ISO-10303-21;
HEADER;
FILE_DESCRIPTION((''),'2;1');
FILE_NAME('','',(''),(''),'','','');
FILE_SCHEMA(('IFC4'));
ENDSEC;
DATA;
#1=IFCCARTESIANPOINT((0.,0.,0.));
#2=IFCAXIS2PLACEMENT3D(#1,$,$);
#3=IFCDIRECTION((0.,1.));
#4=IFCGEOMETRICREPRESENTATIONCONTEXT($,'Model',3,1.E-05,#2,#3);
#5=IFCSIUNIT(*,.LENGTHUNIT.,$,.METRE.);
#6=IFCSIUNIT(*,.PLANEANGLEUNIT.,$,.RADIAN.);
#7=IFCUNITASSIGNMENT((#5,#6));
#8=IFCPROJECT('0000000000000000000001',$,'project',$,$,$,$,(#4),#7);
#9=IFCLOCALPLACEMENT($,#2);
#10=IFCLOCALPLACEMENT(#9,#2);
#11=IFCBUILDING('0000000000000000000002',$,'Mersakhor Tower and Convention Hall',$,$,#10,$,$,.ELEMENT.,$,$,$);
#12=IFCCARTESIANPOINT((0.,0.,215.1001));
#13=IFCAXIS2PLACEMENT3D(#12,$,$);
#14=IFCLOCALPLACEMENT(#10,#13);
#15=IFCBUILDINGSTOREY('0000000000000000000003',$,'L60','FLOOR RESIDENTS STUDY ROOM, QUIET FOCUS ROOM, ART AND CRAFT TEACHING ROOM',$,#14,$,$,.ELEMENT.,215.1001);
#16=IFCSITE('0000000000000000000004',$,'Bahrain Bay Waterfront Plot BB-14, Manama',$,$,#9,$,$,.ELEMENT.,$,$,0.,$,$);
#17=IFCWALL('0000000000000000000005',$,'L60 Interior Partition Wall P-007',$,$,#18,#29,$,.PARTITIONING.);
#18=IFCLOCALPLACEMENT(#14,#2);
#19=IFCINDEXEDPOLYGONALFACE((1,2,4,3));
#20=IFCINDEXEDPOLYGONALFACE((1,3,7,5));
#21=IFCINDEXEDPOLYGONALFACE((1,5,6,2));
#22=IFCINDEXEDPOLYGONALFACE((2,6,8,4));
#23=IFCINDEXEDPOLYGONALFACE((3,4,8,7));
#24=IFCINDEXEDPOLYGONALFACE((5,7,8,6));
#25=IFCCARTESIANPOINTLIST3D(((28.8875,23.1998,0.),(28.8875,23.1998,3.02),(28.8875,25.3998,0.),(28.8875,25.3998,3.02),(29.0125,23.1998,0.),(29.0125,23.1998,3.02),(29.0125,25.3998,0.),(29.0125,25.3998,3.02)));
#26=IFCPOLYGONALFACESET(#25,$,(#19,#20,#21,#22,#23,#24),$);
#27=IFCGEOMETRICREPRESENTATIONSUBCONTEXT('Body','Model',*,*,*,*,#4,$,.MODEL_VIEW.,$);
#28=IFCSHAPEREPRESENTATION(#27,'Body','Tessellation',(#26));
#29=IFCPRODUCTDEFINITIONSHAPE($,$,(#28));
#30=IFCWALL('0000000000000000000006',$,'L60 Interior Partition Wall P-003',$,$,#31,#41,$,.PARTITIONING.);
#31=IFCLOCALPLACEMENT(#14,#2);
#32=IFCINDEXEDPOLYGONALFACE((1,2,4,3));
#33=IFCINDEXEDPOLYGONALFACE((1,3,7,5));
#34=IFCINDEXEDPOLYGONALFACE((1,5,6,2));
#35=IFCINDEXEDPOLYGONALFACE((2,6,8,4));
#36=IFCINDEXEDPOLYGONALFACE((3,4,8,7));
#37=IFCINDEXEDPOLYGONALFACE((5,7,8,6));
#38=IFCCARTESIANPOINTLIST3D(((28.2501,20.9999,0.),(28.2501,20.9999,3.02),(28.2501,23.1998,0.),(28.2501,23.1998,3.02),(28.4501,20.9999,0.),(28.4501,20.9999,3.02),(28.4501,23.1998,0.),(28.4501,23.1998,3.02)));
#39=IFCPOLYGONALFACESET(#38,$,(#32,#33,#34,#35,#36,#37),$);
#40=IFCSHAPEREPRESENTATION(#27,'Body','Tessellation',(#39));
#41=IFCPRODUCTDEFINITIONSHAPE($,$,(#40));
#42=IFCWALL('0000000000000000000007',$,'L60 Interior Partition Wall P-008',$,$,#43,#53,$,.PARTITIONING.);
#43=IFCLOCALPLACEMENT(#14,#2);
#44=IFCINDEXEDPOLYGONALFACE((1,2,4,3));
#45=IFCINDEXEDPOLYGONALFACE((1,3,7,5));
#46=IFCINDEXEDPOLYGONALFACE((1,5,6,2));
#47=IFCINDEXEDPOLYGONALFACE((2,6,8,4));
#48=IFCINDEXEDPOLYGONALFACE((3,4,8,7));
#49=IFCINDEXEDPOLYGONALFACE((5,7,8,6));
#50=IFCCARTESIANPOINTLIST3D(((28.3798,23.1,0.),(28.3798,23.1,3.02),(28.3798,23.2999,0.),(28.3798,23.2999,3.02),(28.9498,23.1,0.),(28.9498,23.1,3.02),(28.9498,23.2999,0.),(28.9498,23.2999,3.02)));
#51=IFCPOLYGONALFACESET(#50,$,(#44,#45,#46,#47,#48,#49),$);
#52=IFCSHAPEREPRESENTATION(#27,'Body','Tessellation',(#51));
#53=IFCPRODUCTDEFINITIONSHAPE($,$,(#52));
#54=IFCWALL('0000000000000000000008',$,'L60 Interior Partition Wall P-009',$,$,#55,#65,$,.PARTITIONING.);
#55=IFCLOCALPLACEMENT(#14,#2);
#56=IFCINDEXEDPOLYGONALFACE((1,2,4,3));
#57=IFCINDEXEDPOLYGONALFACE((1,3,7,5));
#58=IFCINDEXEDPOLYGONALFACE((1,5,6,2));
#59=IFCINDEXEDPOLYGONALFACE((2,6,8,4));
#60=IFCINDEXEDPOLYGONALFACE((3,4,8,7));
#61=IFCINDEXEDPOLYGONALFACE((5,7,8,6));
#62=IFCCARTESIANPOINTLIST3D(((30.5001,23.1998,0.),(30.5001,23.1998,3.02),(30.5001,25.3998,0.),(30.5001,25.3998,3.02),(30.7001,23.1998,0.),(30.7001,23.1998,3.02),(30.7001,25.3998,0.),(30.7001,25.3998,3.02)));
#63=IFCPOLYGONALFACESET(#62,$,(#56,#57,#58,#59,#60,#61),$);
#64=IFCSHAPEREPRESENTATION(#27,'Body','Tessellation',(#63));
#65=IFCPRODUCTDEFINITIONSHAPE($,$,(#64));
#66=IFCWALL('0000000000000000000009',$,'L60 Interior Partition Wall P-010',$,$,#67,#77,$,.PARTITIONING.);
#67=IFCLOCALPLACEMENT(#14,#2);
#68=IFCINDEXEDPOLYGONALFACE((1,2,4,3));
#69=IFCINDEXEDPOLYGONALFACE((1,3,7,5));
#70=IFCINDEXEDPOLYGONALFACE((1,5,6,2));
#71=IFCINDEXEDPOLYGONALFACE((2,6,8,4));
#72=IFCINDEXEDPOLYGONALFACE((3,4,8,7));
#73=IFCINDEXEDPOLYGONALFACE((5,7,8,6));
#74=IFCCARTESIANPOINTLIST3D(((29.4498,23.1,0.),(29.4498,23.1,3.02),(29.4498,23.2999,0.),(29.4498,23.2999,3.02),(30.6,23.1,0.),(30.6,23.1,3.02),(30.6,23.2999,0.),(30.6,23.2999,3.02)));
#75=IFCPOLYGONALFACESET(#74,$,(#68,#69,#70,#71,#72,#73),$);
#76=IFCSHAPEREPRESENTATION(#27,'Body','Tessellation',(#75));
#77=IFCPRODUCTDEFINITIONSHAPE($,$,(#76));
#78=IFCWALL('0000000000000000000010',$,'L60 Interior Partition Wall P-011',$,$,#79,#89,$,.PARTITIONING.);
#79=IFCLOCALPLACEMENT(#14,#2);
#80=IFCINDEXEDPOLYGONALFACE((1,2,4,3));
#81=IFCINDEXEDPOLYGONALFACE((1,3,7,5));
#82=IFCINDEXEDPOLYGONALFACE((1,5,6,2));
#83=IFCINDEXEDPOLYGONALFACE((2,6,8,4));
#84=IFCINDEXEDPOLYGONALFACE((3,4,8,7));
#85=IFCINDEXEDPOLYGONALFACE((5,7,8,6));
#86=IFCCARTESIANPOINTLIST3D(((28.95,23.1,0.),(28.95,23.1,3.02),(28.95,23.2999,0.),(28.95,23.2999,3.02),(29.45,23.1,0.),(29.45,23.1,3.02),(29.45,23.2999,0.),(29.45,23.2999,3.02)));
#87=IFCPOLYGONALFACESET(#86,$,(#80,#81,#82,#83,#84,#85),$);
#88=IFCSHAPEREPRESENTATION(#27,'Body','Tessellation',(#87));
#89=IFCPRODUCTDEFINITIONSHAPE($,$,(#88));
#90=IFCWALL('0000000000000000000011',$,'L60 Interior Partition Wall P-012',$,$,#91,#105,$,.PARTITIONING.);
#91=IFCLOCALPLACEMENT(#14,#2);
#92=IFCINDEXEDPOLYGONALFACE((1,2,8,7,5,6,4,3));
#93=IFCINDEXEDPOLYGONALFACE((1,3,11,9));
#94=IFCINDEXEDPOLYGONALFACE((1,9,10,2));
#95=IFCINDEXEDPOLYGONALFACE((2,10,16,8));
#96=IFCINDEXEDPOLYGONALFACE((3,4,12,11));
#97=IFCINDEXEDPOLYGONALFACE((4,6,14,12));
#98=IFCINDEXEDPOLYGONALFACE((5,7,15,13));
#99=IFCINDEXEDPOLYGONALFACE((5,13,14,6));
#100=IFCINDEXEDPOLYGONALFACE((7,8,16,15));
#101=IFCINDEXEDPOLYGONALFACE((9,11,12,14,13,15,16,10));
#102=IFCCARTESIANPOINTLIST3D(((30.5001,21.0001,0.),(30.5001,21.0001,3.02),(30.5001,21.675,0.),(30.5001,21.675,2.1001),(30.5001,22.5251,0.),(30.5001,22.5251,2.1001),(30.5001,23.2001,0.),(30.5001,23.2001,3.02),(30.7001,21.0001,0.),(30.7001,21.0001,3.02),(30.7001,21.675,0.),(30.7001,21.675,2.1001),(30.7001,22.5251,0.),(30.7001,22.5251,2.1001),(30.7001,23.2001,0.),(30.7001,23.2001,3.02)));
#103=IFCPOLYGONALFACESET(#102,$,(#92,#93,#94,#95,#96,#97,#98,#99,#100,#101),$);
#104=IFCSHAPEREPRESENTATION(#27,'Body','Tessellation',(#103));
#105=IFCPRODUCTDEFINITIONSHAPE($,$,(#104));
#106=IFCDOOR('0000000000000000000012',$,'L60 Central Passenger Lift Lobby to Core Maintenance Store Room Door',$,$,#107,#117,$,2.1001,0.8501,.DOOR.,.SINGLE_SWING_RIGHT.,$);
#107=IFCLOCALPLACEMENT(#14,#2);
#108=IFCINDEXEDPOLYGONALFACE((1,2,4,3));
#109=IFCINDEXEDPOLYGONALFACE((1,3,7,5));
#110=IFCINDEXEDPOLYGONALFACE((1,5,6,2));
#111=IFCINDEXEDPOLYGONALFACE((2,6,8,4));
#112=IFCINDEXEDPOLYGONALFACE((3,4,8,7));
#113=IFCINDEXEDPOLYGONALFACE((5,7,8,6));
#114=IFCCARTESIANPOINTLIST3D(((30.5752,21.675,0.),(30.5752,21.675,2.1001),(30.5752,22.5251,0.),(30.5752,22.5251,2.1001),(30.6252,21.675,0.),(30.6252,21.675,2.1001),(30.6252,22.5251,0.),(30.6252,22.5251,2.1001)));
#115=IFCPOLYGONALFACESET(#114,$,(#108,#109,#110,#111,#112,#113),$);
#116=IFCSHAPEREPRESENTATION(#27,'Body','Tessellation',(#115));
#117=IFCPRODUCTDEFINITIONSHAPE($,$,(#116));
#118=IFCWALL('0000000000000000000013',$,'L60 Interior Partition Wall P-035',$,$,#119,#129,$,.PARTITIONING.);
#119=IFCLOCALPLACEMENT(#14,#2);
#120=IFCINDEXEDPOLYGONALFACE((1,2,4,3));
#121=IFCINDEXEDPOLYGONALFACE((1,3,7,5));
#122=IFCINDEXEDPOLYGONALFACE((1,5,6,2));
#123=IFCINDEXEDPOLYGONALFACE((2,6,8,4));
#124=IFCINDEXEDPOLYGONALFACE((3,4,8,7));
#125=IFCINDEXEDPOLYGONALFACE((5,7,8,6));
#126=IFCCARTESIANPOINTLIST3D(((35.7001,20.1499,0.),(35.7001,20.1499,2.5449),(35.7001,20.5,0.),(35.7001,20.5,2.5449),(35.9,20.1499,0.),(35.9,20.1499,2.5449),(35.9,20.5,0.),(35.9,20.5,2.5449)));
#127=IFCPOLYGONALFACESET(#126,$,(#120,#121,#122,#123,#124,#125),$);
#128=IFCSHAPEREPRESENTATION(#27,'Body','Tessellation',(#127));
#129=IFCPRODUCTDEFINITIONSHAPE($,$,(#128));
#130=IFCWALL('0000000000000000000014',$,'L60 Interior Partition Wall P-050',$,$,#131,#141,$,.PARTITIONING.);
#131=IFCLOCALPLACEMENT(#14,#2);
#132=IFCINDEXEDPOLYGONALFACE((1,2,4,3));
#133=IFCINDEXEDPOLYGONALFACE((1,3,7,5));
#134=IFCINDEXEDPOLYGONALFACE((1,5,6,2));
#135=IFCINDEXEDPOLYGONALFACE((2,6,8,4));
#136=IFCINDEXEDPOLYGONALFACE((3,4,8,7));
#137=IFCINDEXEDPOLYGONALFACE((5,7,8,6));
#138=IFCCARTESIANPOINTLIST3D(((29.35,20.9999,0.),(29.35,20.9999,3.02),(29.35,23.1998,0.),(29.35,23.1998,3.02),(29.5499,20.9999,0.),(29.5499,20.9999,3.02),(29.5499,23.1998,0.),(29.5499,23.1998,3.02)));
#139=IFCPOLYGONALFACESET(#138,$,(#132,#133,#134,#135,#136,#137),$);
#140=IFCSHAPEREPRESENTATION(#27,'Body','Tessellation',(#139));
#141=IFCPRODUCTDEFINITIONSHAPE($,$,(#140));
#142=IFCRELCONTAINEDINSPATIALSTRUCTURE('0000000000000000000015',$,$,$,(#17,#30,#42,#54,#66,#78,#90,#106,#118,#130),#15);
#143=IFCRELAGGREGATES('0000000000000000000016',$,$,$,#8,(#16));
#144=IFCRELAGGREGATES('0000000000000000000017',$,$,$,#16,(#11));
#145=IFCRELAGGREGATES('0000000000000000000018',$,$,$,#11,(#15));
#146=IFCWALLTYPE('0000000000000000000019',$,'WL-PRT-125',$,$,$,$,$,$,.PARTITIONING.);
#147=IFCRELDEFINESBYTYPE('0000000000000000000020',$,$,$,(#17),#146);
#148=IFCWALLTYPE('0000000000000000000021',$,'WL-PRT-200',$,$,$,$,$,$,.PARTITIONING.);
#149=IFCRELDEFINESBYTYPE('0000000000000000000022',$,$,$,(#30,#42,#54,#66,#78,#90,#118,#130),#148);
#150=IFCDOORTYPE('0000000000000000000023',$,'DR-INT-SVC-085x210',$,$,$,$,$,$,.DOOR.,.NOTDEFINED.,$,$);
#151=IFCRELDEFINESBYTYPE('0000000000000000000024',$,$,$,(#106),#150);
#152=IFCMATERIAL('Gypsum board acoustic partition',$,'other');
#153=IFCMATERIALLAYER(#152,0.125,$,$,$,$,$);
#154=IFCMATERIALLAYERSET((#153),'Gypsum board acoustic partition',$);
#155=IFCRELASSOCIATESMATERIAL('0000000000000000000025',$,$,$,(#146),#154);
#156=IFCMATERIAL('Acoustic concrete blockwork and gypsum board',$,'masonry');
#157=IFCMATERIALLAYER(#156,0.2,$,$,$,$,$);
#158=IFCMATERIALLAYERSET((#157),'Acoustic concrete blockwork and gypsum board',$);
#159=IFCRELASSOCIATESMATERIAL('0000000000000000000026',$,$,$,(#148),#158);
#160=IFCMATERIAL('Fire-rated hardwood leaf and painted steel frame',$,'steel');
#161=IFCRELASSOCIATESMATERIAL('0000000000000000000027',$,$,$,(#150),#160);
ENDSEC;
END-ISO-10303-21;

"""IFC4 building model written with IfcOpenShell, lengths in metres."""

from ifc_helpers import new_model, si_unit, direction, frame, frame_2d, origin, place, context, subcontext, project, spatial, rectangle, extrude, material, layer, layer_set, type_object, element, fill, save


model = new_model("IFC4")

# Units and contexts
model_context = context("Model", 3, precision=1e-05, world=origin(), true_north=direction((0.0, 1.0)))
body_context = subcontext(model_context, "Body", "Model", "MODEL_VIEW")
ifc_project = project(units=[si_unit("LENGTHUNIT", "METRE"), si_unit("PLANEANGLEUNIT", "RADIAN")], contexts=[model_context])

# Site, building, storey
site_placement = place(None, origin())
site = spatial("IfcSite", under=ifc_project, at=site_placement, Name="Bahrain Bay Waterfront Plot BB-14, Manama", CompositionType="ELEMENT", RefElevation=0.0)
building_placement = place(site_placement, origin())
building = spatial("IfcBuilding", under=site, at=building_placement, Name="Mersakhor Tower and Convention Hall", CompositionType="ELEMENT")
storey_placement = place(building_placement, frame((0.0, 0.0, 215.1001)))
storey = spatial("IfcBuildingStorey", under=building, at=storey_placement, Name="L60", Description="FLOOR RESIDENTS STUDY ROOM, QUIET FOCUS ROOM, ART AND CRAFT TEACHING ROOM", CompositionType="ELEMENT", Elevation=215.1001)

# Walls
ifc_material_1 = material(Name="Gypsum board acoustic partition", Category="other")
ifc_layer_1 = layer(ifc_material_1, 0.125)
ifc_layer_set_1 = layer_set([ifc_layer_1], Name="Gypsum board acoustic partition")
wall_type_1 = type_object("IfcWallType", Name="WL-PRT-125", PredefinedType="PARTITIONING", material=ifc_layer_set_1)
wall_1_placement = place(storey_placement, frame((28.95, 25.3999, 0.0), z_axis=(0.0, 0.0, 1.0), x_axis=(0.0, -1.0, 0.0)))
element("IfcWall", 1, at=wall_1_placement, inside=storey, type_object=wall_type_1, Name="L60 Interior Partition Wall P-007", PredefinedType="PARTITIONING", context=body_context, shape_type="SweptSolid", body=[
    extrude(rectangle(XDim=2.2, YDim=0.125, at=frame_2d((1.1001, 0.0))), origin(), (0.0, 0.0, 1.0), 3.02),
])
ifc_material_2 = material(Name="Acoustic concrete blockwork and gypsum board", Category="masonry")
ifc_layer_2 = layer(ifc_material_2, 0.2)
ifc_layer_set_2 = layer_set([ifc_layer_2], Name="Acoustic concrete blockwork and gypsum board")
wall_type_2 = type_object("IfcWallType", Name="WL-PRT-200", PredefinedType="PARTITIONING", material=ifc_layer_set_2)
wall_2_placement = place(storey_placement, frame((28.3501, 23.2, 0.0), z_axis=(0.0, 0.0, 1.0), x_axis=(0.0, -1.0, 0.0)))
element("IfcWall", 2, at=wall_2_placement, inside=storey, type_object=wall_type_2, Name="L60 Interior Partition Wall P-003", PredefinedType="PARTITIONING", context=body_context, shape_type="SweptSolid", body=[
    extrude(rectangle(XDim=2.2, YDim=0.2, at=frame_2d((1.1001, 0.0))), origin(), (0.0, 0.0, 1.0), 3.02),
])
wall_3_placement = place(storey_placement, frame((28.95, 23.2, 0.0), z_axis=(0.0, 0.0, 1.0), x_axis=(-1.0, 0.0, 0.0)))
element("IfcWall", 3, at=wall_3_placement, inside=storey, type_object=wall_type_2, Name="L60 Interior Partition Wall P-008", PredefinedType="PARTITIONING", context=body_context, shape_type="SweptSolid", body=[
    extrude(rectangle(XDim=0.5701, YDim=0.2, at=frame_2d((0.2852, 0.0))), origin(), (0.0, 0.0, 1.0), 3.02),
])
wall_4_placement = place(storey_placement, frame((30.6001, 25.3999, 0.0), z_axis=(0.0, 0.0, 1.0), x_axis=(0.0, -1.0, 0.0)))
element("IfcWall", 4, at=wall_4_placement, inside=storey, type_object=wall_type_2, Name="L60 Interior Partition Wall P-009", PredefinedType="PARTITIONING", context=body_context, shape_type="SweptSolid", body=[
    extrude(rectangle(XDim=2.2, YDim=0.2, at=frame_2d((1.1001, 0.0))), origin(), (0.0, 0.0, 1.0), 3.02),
])
wall_5_placement = place(storey_placement, frame((30.6001, 23.2, 0.0), z_axis=(0.0, 0.0, 1.0), x_axis=(-1.0, 0.0, 0.0)))
element("IfcWall", 5, at=wall_5_placement, inside=storey, type_object=wall_type_2, Name="L60 Interior Partition Wall P-010", PredefinedType="PARTITIONING", context=body_context, shape_type="SweptSolid", body=[
    extrude(rectangle(XDim=1.1501, YDim=0.2, at=frame_2d((0.5752, 0.0))), origin(), (0.0, 0.0, 1.0), 3.02),
])
wall_6_placement = place(storey_placement, frame((29.45, 23.2, 0.0), z_axis=(0.0, 0.0, 1.0), x_axis=(-1.0, 0.0, 0.0)))
element("IfcWall", 6, at=wall_6_placement, inside=storey, type_object=wall_type_2, Name="L60 Interior Partition Wall P-011", PredefinedType="PARTITIONING", context=body_context, shape_type="SweptSolid", body=[
    extrude(rectangle(XDim=0.5, YDim=0.2, at=frame_2d((0.25, 0.0))), origin(), (0.0, 0.0, 1.0), 3.02),
])

# Wall, opening, door
wall_7_placement = place(storey_placement, frame((30.6001, 21.0, 0.0), z_axis=(0.0, 0.0, 1.0), x_axis=(0.0, 1.0, 0.0)))
wall_7 = element("IfcWall", 7, at=wall_7_placement, inside=storey, type_object=wall_type_2, Name="L60 Interior Partition Wall P-012", PredefinedType="PARTITIONING", context=body_context, shape_type="SweptSolid", body=[
    extrude(rectangle(XDim=2.2, YDim=0.2, at=frame_2d((1.1001, 0.0))), origin(), (0.0, 0.0, 1.0), 3.02),
])
opening_1_placement = place(wall_7_placement, frame((0.675, 0.0, 0.0)))
opening_1 = element("IfcOpeningElement", 8, at=opening_1_placement, cuts=wall_7, PredefinedType="OPENING", context=body_context, shape_type="SweptSolid", body=[
    extrude(rectangle(XDim=0.8501, YDim=2.1001, at=frame_2d((0.425, 1.05))), frame((0.0, 0.1099, 0.0), z_axis=(0.0, -1.0, 0.0), x_axis=(1.0, 0.0, 0.0)), (0.0, 0.0, 1.0), 0.22),
])
ifc_material_3 = material(Name="Fire-rated hardwood leaf and painted steel frame", Category="steel")
door_type_1 = type_object("IfcDoorType", Name="DR-INT-SVC-085x210", OperationType="NOTDEFINED", PredefinedType="DOOR", material=ifc_material_3)
door_1_placement = place(opening_1_placement, origin())
door_1 = element("IfcDoor", 9, at=door_1_placement, inside=storey, type_object=door_type_1, Name="L60 Central Passenger Lift Lobby to Core Maintenance Store Room Door", OperationType="SINGLE_SWING_RIGHT", OverallHeight=2.1001, OverallWidth=0.8501, PredefinedType="DOOR", context=body_context, shape_type="SweptSolid", body=[
    extrude(rectangle(XDim=0.8501, YDim=2.1001, at=frame_2d((0.425, 1.05))), frame((0.0, 0.0249, 0.0), z_axis=(0.0, -1.0, 0.0), x_axis=(1.0, 0.0, 0.0)), (0.0, 0.0, 1.0), 0.05),
])
fill(opening_1, door_1)

# Walls
wall_8_placement = place(storey_placement, frame((35.8, 20.5, 0.0), z_axis=(0.0, 0.0, 1.0), x_axis=(0.0, -1.0, 0.0)))
element("IfcWall", 10, at=wall_8_placement, inside=storey, type_object=wall_type_2, Name="L60 Interior Partition Wall P-035", PredefinedType="PARTITIONING", context=body_context, shape_type="SweptSolid", body=[
    extrude(rectangle(XDim=0.3501, YDim=0.2, at=frame_2d((0.175, 0.0))), origin(), (0.0, 0.0, 1.0), 2.5449),
])
wall_9_placement = place(storey_placement, frame((29.45, 23.2, 0.0), z_axis=(0.0, 0.0, 1.0), x_axis=(0.0, -1.0, 0.0)))
element("IfcWall", 11, at=wall_9_placement, inside=storey, type_object=wall_type_2, Name="L60 Interior Partition Wall P-050", PredefinedType="PARTITIONING", context=body_context, shape_type="SweptSolid", body=[
    extrude(rectangle(XDim=2.2, YDim=0.2, at=frame_2d((1.1001, 0.0))), origin(), (0.0, 0.0, 1.0), 3.02),
])

save(model, "model.ifc")
